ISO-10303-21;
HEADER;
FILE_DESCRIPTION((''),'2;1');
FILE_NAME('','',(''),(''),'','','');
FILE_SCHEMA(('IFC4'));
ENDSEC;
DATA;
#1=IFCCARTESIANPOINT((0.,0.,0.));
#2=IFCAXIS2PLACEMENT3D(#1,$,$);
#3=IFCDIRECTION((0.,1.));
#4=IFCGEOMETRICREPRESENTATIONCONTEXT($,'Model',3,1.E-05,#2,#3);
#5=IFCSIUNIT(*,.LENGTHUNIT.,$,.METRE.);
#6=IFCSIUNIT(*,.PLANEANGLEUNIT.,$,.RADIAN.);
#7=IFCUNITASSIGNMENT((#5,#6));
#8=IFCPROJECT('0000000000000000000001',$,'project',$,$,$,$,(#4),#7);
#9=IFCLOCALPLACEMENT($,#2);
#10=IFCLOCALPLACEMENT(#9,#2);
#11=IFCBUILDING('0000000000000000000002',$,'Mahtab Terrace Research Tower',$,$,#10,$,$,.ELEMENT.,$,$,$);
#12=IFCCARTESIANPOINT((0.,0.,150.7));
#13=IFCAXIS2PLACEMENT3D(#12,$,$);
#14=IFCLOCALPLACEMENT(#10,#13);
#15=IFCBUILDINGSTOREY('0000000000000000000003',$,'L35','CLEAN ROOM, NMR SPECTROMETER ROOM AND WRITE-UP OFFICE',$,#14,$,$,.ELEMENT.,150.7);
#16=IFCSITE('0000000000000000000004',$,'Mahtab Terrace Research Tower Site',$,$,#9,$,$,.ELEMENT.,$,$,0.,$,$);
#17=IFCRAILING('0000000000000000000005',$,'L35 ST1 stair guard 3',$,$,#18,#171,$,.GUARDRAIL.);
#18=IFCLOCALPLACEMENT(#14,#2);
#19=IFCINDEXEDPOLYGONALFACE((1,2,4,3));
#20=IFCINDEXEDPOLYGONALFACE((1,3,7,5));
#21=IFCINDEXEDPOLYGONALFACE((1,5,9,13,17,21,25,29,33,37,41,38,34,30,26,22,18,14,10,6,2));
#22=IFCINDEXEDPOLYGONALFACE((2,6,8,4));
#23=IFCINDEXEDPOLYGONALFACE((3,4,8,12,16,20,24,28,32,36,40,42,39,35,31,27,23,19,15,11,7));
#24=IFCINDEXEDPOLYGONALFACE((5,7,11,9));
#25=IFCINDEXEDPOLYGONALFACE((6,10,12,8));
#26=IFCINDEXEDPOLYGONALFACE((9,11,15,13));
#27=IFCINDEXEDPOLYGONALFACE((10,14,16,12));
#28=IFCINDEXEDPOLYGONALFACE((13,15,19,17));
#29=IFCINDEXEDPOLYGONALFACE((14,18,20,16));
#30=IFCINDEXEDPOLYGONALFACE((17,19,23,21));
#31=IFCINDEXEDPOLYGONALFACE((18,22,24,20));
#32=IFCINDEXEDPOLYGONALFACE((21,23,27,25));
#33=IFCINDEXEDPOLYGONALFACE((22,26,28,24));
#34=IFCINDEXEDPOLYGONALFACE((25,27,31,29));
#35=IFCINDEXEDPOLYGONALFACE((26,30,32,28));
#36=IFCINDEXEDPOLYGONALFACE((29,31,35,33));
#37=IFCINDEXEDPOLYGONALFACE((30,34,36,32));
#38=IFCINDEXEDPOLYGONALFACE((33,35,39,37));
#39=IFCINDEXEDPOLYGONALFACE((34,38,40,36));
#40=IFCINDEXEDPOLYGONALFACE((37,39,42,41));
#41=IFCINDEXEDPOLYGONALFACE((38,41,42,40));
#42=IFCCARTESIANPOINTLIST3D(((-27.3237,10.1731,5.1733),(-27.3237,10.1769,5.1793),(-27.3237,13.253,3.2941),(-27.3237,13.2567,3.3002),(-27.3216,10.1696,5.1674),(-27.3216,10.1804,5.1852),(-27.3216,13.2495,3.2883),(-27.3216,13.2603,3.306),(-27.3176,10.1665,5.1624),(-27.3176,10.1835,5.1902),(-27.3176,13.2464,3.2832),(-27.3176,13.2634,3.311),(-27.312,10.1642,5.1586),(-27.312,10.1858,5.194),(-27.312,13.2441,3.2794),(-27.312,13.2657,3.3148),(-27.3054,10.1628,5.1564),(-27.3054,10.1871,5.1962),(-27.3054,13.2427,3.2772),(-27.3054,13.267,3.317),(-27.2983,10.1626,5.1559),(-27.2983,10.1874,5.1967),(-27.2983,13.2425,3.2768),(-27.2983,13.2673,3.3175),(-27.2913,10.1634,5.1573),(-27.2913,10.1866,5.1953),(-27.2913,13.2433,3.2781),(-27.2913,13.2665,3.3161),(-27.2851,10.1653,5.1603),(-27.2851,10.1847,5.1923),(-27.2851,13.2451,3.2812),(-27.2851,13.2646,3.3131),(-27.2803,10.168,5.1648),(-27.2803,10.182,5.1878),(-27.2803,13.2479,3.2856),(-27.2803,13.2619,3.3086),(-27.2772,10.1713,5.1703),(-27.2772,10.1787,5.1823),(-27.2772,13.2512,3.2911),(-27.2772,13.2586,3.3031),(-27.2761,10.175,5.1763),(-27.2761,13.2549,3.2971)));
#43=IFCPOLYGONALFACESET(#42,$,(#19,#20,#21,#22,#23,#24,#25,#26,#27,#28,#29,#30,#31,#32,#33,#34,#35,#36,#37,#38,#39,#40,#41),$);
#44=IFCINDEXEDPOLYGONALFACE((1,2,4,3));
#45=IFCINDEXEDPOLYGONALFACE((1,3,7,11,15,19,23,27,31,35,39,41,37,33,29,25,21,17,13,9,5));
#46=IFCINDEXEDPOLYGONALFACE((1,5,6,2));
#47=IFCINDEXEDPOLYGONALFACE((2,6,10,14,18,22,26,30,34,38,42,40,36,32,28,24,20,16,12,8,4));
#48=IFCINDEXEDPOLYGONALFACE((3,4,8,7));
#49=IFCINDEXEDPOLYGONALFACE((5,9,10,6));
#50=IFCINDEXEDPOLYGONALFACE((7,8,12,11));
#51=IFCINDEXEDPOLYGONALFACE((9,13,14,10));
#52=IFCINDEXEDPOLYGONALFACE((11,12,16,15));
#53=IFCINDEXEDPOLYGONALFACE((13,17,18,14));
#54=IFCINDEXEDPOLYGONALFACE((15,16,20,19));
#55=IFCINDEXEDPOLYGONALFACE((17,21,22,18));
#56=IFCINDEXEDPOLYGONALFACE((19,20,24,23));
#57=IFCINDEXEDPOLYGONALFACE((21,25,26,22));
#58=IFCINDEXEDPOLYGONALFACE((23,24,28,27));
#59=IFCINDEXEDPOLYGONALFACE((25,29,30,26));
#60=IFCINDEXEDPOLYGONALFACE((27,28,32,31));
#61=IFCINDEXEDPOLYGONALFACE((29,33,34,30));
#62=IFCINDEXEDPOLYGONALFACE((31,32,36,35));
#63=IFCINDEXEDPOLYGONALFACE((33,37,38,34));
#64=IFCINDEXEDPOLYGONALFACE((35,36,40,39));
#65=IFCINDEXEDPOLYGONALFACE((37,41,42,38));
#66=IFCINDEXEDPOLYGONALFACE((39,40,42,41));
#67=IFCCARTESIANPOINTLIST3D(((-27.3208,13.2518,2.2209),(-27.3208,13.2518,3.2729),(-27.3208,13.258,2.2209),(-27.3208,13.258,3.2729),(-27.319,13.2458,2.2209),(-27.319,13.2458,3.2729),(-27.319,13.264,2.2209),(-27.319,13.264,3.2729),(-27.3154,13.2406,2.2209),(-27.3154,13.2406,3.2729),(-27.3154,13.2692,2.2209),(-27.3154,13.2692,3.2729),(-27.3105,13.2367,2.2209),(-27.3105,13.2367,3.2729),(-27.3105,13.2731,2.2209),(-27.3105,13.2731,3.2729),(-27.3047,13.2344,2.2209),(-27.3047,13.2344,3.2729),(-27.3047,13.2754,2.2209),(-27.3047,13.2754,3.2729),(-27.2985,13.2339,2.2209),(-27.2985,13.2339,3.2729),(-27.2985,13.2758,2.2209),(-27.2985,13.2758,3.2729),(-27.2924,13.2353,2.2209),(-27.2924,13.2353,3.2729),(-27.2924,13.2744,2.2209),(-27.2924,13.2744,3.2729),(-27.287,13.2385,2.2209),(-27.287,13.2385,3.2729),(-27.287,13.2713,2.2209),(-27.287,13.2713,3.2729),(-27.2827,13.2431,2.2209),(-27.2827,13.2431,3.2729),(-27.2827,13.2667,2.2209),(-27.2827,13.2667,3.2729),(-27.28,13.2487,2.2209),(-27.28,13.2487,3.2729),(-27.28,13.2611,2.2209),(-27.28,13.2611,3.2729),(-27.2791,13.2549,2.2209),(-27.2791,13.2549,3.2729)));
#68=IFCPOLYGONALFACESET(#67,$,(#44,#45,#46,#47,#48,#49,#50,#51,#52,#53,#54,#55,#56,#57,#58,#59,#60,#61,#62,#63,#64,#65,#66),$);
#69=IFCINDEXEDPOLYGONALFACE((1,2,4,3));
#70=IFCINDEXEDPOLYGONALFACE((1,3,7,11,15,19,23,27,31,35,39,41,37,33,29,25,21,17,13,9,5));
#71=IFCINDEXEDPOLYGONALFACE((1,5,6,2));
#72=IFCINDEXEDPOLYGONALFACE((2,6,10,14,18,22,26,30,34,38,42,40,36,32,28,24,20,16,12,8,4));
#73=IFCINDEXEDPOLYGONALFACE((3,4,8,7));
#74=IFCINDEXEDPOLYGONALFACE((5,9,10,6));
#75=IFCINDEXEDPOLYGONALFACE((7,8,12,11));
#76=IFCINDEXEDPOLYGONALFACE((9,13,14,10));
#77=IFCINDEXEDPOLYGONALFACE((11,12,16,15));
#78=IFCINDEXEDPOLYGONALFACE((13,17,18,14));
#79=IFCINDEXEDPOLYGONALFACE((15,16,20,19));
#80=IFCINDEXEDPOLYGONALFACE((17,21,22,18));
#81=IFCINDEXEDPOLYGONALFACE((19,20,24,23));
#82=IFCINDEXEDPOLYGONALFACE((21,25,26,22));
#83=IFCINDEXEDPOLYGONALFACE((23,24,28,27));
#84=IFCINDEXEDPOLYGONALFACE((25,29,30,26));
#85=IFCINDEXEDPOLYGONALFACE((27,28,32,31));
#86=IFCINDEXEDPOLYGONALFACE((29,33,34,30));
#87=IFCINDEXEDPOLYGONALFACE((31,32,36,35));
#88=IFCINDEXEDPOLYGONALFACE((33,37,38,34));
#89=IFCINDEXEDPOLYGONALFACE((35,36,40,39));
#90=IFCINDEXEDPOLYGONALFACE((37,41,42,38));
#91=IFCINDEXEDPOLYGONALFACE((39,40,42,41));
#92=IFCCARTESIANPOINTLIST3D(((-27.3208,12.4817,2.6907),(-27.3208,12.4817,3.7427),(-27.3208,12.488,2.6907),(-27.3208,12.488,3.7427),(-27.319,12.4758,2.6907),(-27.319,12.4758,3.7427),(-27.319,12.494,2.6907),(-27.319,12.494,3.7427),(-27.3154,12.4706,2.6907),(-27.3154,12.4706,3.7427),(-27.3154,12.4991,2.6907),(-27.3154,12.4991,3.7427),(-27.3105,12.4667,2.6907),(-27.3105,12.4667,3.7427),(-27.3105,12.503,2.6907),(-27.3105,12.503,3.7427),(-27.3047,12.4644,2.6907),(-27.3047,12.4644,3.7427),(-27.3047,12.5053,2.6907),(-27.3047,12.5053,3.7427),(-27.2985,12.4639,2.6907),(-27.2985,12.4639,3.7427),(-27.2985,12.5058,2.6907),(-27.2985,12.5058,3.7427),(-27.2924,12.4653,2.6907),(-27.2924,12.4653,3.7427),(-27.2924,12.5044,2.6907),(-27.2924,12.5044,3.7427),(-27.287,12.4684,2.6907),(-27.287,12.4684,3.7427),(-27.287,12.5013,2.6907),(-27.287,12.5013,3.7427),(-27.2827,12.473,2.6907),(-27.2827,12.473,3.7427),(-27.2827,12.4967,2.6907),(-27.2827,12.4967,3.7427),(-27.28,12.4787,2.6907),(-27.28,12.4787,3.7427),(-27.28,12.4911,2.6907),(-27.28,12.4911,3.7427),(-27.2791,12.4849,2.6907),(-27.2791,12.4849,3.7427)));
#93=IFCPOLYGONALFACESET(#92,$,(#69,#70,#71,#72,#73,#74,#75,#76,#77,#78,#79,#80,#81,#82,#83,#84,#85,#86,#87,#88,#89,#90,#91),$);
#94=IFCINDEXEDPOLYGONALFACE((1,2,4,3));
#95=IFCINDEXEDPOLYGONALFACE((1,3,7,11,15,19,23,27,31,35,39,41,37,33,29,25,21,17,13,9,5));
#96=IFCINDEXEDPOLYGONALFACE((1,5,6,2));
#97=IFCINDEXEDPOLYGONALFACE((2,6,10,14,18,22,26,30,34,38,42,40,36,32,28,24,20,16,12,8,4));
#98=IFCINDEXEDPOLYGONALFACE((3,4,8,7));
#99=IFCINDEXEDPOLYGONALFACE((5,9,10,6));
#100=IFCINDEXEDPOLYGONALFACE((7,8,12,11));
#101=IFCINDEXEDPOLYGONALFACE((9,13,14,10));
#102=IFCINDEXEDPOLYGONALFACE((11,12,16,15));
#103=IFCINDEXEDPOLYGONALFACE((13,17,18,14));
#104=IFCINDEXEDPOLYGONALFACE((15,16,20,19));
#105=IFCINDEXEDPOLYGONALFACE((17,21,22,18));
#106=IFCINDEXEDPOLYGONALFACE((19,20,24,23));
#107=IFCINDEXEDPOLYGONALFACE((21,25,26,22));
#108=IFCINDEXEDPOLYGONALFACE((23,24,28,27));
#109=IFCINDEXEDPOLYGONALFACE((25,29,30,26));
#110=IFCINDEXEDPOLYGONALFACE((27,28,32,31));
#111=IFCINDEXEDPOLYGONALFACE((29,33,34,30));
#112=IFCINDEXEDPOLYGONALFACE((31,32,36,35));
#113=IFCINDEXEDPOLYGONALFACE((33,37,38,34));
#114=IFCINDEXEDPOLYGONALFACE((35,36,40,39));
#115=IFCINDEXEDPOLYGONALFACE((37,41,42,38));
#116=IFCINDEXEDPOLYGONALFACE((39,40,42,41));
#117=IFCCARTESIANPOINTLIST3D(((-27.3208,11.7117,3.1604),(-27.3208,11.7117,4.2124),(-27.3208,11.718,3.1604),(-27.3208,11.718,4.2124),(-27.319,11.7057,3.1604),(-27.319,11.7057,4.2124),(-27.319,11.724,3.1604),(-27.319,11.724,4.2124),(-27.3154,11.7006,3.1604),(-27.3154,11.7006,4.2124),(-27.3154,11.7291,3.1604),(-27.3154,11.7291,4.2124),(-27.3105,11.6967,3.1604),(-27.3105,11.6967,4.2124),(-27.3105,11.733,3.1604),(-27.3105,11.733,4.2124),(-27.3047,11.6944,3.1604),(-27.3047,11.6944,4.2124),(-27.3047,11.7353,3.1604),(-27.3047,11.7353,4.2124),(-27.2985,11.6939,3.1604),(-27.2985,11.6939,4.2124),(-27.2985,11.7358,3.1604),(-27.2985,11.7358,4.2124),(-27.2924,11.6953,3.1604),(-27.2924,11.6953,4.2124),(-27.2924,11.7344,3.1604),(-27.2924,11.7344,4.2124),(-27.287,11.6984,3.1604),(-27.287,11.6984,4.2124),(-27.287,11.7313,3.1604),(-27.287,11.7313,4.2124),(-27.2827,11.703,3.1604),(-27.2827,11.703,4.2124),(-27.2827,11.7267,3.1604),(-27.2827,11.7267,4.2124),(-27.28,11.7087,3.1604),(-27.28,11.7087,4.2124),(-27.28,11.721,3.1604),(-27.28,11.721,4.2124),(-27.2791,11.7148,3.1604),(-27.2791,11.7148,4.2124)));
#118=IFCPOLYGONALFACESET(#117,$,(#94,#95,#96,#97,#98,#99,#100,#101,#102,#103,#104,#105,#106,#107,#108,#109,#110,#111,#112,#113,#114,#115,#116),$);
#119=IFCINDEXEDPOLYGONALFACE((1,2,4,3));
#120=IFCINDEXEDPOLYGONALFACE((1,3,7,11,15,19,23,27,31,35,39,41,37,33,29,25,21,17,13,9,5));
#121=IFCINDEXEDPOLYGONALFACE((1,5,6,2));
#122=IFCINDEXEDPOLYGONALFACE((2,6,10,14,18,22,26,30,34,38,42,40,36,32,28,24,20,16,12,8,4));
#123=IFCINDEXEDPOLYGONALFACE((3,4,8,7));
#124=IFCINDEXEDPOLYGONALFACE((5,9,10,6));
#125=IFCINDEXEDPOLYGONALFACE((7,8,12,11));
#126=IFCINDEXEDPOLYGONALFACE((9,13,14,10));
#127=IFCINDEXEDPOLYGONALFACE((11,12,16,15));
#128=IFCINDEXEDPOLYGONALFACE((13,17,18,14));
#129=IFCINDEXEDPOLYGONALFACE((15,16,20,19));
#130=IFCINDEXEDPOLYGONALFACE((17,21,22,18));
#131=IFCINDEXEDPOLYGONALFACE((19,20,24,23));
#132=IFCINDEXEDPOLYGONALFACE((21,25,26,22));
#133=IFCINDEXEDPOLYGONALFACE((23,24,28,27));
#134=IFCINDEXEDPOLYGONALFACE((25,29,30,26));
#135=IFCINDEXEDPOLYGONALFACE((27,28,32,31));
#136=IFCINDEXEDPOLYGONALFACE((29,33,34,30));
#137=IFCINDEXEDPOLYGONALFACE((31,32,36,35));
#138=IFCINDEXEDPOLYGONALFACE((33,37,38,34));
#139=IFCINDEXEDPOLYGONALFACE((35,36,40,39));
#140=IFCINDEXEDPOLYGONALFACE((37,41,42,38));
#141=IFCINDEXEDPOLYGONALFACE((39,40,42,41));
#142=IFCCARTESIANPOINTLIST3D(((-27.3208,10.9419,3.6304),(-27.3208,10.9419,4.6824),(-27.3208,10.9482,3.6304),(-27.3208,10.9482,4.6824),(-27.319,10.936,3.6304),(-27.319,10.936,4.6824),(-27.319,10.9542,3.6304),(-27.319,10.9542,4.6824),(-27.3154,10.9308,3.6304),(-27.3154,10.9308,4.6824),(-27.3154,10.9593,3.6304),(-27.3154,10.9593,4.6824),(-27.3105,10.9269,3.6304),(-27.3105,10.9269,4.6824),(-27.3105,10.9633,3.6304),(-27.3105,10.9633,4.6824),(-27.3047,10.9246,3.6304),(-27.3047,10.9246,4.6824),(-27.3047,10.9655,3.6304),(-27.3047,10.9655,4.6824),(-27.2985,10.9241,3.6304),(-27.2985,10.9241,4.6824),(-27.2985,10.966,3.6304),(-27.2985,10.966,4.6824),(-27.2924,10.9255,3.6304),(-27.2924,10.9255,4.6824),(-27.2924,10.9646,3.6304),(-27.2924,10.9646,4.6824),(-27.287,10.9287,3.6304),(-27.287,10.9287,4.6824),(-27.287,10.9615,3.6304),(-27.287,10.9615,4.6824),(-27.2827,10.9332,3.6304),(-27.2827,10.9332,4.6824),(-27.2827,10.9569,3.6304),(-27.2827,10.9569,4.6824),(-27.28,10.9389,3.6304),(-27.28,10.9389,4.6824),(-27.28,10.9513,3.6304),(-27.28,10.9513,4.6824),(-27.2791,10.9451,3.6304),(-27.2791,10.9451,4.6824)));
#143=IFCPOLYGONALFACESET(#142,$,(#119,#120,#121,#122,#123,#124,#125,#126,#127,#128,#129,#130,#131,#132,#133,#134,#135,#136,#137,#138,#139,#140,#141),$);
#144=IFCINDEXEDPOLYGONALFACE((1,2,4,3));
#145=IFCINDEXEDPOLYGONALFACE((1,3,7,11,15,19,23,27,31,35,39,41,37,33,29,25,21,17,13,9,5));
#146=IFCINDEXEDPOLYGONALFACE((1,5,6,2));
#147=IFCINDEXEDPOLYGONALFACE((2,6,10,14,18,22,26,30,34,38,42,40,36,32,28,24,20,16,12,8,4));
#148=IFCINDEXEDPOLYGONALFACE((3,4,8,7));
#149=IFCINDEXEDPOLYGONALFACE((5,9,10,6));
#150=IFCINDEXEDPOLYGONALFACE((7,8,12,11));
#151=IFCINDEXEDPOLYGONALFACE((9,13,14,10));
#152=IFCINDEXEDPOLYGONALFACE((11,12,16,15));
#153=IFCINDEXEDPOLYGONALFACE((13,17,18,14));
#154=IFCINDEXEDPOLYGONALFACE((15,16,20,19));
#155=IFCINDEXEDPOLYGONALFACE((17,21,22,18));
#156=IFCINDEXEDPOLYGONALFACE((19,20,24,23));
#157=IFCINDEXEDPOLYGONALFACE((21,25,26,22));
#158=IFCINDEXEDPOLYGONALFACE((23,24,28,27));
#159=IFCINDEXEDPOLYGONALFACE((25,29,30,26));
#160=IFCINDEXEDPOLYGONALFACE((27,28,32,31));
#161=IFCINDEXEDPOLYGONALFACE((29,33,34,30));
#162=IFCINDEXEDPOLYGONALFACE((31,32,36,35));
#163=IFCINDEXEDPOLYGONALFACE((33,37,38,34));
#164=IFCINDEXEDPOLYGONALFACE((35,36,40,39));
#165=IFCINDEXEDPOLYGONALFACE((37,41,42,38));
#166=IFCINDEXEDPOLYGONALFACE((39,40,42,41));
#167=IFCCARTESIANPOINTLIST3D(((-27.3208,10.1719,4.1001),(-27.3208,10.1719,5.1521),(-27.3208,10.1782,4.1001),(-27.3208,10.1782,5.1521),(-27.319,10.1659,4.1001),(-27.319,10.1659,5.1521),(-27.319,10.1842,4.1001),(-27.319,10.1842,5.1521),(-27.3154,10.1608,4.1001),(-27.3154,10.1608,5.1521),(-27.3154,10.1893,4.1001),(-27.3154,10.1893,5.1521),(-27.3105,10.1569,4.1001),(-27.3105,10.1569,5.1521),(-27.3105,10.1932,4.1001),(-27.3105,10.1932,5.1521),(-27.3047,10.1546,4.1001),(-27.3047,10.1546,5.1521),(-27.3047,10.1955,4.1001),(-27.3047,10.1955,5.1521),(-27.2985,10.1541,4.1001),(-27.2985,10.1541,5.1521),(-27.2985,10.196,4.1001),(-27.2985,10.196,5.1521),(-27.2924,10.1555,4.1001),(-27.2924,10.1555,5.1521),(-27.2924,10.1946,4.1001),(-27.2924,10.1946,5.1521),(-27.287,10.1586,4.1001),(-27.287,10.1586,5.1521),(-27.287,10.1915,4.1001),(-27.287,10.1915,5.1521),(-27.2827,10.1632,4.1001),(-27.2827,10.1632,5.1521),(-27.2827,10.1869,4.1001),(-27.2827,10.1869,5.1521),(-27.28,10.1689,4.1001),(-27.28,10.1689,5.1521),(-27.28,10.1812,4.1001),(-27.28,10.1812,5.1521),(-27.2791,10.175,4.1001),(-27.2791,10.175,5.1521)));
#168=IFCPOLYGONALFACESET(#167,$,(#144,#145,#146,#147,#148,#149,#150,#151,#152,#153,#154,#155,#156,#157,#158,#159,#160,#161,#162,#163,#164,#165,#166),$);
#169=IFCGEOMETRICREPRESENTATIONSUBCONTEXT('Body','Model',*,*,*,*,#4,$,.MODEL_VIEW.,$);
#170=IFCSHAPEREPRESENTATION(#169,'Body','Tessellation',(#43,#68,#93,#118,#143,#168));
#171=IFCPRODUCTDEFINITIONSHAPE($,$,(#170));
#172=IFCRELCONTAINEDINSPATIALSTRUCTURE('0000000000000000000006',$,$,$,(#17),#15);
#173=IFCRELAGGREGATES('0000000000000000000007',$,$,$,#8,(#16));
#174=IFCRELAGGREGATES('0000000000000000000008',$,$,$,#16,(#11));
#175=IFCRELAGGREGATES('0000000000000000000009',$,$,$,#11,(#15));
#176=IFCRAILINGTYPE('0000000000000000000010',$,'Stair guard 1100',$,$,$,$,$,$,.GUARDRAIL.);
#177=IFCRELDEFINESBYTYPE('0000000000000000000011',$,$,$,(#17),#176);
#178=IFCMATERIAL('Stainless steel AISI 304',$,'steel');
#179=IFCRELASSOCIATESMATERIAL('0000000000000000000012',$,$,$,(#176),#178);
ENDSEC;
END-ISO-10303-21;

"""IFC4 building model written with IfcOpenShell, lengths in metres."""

from ifc_helpers import new_model, si_unit, direction, frame, origin, origin_2d, place, context, subcontext, project, spatial, circle, extrude, material, type_object, element, save


model = new_model("IFC4")

# Units and contexts
model_context = context("Model", 3, precision=1e-05, world=origin(), true_north=direction((0.0, 1.0)))
body_context = subcontext(model_context, "Body", "Model", "MODEL_VIEW")
ifc_project = project(units=[si_unit("LENGTHUNIT", "METRE"), si_unit("PLANEANGLEUNIT", "RADIAN")], contexts=[model_context])

# Site, building, storey
site_placement = place(None, origin())
site = spatial("IfcSite", under=ifc_project, at=site_placement, Name="Mahtab Terrace Research Tower Site", CompositionType="ELEMENT", RefElevation=0.0)
building_placement = place(site_placement, origin())
building = spatial("IfcBuilding", under=site, at=building_placement, Name="Mahtab Terrace Research Tower", CompositionType="ELEMENT")
storey_placement = place(building_placement, frame((0.0, 0.0, 150.7)))
storey = spatial("IfcBuildingStorey", under=building, at=storey_placement, Name="L35", Description="CLEAN ROOM, NMR SPECTROMETER ROOM AND WRITE-UP OFFICE", CompositionType="ELEMENT", Elevation=150.7)

# Railing
ifc_material_1 = material(Name="Stainless steel AISI 304", Category="steel")
railing_type_1 = type_object("IfcRailingType", Name="Stair guard 1100", PredefinedType="GUARDRAIL", material=ifc_material_1)
railing_1_placement = place(storey_placement, frame((-27.3, 13.2549, 2.2209)))
element("IfcRailing", 1, at=railing_1_placement, inside=storey, type_object=railing_type_1, Name="L35 ST1 stair guard 3", PredefinedType="GUARDRAIL", context=body_context, shape_type="SweptSolid", body=[
    extrude(circle(Radius=0.0239, at=origin_2d()), frame((0.0, 0.0, 1.0762), z_axis=(0.0, -0.853648, 0.52085), x_axis=(1.0, 0.0, 0.0)), (0.0, 0.0, 1.0), 3.6079),
    extrude(circle(Radius=0.021, at=origin_2d()), origin(), (0.0, 0.0, 1.0), 1.052),
    extrude(circle(Radius=0.021, at=origin_2d()), frame((0.0, -0.77, 0.4697)), (0.0, 0.0, 1.0), 1.052),
    extrude(circle(Radius=0.021, at=origin_2d()), frame((0.0, -1.54, 0.9395)), (0.0, 0.0, 1.0), 1.052),
    extrude(circle(Radius=0.021, at=origin_2d()), frame((0.0, -2.3098, 1.4094)), (0.0, 0.0, 1.0), 1.052),
    extrude(circle(Radius=0.021, at=origin_2d()), frame((0.0, -3.0798, 1.8792)), (0.0, 0.0, 1.0), 1.052),
])

save(model, "model.ifc")
